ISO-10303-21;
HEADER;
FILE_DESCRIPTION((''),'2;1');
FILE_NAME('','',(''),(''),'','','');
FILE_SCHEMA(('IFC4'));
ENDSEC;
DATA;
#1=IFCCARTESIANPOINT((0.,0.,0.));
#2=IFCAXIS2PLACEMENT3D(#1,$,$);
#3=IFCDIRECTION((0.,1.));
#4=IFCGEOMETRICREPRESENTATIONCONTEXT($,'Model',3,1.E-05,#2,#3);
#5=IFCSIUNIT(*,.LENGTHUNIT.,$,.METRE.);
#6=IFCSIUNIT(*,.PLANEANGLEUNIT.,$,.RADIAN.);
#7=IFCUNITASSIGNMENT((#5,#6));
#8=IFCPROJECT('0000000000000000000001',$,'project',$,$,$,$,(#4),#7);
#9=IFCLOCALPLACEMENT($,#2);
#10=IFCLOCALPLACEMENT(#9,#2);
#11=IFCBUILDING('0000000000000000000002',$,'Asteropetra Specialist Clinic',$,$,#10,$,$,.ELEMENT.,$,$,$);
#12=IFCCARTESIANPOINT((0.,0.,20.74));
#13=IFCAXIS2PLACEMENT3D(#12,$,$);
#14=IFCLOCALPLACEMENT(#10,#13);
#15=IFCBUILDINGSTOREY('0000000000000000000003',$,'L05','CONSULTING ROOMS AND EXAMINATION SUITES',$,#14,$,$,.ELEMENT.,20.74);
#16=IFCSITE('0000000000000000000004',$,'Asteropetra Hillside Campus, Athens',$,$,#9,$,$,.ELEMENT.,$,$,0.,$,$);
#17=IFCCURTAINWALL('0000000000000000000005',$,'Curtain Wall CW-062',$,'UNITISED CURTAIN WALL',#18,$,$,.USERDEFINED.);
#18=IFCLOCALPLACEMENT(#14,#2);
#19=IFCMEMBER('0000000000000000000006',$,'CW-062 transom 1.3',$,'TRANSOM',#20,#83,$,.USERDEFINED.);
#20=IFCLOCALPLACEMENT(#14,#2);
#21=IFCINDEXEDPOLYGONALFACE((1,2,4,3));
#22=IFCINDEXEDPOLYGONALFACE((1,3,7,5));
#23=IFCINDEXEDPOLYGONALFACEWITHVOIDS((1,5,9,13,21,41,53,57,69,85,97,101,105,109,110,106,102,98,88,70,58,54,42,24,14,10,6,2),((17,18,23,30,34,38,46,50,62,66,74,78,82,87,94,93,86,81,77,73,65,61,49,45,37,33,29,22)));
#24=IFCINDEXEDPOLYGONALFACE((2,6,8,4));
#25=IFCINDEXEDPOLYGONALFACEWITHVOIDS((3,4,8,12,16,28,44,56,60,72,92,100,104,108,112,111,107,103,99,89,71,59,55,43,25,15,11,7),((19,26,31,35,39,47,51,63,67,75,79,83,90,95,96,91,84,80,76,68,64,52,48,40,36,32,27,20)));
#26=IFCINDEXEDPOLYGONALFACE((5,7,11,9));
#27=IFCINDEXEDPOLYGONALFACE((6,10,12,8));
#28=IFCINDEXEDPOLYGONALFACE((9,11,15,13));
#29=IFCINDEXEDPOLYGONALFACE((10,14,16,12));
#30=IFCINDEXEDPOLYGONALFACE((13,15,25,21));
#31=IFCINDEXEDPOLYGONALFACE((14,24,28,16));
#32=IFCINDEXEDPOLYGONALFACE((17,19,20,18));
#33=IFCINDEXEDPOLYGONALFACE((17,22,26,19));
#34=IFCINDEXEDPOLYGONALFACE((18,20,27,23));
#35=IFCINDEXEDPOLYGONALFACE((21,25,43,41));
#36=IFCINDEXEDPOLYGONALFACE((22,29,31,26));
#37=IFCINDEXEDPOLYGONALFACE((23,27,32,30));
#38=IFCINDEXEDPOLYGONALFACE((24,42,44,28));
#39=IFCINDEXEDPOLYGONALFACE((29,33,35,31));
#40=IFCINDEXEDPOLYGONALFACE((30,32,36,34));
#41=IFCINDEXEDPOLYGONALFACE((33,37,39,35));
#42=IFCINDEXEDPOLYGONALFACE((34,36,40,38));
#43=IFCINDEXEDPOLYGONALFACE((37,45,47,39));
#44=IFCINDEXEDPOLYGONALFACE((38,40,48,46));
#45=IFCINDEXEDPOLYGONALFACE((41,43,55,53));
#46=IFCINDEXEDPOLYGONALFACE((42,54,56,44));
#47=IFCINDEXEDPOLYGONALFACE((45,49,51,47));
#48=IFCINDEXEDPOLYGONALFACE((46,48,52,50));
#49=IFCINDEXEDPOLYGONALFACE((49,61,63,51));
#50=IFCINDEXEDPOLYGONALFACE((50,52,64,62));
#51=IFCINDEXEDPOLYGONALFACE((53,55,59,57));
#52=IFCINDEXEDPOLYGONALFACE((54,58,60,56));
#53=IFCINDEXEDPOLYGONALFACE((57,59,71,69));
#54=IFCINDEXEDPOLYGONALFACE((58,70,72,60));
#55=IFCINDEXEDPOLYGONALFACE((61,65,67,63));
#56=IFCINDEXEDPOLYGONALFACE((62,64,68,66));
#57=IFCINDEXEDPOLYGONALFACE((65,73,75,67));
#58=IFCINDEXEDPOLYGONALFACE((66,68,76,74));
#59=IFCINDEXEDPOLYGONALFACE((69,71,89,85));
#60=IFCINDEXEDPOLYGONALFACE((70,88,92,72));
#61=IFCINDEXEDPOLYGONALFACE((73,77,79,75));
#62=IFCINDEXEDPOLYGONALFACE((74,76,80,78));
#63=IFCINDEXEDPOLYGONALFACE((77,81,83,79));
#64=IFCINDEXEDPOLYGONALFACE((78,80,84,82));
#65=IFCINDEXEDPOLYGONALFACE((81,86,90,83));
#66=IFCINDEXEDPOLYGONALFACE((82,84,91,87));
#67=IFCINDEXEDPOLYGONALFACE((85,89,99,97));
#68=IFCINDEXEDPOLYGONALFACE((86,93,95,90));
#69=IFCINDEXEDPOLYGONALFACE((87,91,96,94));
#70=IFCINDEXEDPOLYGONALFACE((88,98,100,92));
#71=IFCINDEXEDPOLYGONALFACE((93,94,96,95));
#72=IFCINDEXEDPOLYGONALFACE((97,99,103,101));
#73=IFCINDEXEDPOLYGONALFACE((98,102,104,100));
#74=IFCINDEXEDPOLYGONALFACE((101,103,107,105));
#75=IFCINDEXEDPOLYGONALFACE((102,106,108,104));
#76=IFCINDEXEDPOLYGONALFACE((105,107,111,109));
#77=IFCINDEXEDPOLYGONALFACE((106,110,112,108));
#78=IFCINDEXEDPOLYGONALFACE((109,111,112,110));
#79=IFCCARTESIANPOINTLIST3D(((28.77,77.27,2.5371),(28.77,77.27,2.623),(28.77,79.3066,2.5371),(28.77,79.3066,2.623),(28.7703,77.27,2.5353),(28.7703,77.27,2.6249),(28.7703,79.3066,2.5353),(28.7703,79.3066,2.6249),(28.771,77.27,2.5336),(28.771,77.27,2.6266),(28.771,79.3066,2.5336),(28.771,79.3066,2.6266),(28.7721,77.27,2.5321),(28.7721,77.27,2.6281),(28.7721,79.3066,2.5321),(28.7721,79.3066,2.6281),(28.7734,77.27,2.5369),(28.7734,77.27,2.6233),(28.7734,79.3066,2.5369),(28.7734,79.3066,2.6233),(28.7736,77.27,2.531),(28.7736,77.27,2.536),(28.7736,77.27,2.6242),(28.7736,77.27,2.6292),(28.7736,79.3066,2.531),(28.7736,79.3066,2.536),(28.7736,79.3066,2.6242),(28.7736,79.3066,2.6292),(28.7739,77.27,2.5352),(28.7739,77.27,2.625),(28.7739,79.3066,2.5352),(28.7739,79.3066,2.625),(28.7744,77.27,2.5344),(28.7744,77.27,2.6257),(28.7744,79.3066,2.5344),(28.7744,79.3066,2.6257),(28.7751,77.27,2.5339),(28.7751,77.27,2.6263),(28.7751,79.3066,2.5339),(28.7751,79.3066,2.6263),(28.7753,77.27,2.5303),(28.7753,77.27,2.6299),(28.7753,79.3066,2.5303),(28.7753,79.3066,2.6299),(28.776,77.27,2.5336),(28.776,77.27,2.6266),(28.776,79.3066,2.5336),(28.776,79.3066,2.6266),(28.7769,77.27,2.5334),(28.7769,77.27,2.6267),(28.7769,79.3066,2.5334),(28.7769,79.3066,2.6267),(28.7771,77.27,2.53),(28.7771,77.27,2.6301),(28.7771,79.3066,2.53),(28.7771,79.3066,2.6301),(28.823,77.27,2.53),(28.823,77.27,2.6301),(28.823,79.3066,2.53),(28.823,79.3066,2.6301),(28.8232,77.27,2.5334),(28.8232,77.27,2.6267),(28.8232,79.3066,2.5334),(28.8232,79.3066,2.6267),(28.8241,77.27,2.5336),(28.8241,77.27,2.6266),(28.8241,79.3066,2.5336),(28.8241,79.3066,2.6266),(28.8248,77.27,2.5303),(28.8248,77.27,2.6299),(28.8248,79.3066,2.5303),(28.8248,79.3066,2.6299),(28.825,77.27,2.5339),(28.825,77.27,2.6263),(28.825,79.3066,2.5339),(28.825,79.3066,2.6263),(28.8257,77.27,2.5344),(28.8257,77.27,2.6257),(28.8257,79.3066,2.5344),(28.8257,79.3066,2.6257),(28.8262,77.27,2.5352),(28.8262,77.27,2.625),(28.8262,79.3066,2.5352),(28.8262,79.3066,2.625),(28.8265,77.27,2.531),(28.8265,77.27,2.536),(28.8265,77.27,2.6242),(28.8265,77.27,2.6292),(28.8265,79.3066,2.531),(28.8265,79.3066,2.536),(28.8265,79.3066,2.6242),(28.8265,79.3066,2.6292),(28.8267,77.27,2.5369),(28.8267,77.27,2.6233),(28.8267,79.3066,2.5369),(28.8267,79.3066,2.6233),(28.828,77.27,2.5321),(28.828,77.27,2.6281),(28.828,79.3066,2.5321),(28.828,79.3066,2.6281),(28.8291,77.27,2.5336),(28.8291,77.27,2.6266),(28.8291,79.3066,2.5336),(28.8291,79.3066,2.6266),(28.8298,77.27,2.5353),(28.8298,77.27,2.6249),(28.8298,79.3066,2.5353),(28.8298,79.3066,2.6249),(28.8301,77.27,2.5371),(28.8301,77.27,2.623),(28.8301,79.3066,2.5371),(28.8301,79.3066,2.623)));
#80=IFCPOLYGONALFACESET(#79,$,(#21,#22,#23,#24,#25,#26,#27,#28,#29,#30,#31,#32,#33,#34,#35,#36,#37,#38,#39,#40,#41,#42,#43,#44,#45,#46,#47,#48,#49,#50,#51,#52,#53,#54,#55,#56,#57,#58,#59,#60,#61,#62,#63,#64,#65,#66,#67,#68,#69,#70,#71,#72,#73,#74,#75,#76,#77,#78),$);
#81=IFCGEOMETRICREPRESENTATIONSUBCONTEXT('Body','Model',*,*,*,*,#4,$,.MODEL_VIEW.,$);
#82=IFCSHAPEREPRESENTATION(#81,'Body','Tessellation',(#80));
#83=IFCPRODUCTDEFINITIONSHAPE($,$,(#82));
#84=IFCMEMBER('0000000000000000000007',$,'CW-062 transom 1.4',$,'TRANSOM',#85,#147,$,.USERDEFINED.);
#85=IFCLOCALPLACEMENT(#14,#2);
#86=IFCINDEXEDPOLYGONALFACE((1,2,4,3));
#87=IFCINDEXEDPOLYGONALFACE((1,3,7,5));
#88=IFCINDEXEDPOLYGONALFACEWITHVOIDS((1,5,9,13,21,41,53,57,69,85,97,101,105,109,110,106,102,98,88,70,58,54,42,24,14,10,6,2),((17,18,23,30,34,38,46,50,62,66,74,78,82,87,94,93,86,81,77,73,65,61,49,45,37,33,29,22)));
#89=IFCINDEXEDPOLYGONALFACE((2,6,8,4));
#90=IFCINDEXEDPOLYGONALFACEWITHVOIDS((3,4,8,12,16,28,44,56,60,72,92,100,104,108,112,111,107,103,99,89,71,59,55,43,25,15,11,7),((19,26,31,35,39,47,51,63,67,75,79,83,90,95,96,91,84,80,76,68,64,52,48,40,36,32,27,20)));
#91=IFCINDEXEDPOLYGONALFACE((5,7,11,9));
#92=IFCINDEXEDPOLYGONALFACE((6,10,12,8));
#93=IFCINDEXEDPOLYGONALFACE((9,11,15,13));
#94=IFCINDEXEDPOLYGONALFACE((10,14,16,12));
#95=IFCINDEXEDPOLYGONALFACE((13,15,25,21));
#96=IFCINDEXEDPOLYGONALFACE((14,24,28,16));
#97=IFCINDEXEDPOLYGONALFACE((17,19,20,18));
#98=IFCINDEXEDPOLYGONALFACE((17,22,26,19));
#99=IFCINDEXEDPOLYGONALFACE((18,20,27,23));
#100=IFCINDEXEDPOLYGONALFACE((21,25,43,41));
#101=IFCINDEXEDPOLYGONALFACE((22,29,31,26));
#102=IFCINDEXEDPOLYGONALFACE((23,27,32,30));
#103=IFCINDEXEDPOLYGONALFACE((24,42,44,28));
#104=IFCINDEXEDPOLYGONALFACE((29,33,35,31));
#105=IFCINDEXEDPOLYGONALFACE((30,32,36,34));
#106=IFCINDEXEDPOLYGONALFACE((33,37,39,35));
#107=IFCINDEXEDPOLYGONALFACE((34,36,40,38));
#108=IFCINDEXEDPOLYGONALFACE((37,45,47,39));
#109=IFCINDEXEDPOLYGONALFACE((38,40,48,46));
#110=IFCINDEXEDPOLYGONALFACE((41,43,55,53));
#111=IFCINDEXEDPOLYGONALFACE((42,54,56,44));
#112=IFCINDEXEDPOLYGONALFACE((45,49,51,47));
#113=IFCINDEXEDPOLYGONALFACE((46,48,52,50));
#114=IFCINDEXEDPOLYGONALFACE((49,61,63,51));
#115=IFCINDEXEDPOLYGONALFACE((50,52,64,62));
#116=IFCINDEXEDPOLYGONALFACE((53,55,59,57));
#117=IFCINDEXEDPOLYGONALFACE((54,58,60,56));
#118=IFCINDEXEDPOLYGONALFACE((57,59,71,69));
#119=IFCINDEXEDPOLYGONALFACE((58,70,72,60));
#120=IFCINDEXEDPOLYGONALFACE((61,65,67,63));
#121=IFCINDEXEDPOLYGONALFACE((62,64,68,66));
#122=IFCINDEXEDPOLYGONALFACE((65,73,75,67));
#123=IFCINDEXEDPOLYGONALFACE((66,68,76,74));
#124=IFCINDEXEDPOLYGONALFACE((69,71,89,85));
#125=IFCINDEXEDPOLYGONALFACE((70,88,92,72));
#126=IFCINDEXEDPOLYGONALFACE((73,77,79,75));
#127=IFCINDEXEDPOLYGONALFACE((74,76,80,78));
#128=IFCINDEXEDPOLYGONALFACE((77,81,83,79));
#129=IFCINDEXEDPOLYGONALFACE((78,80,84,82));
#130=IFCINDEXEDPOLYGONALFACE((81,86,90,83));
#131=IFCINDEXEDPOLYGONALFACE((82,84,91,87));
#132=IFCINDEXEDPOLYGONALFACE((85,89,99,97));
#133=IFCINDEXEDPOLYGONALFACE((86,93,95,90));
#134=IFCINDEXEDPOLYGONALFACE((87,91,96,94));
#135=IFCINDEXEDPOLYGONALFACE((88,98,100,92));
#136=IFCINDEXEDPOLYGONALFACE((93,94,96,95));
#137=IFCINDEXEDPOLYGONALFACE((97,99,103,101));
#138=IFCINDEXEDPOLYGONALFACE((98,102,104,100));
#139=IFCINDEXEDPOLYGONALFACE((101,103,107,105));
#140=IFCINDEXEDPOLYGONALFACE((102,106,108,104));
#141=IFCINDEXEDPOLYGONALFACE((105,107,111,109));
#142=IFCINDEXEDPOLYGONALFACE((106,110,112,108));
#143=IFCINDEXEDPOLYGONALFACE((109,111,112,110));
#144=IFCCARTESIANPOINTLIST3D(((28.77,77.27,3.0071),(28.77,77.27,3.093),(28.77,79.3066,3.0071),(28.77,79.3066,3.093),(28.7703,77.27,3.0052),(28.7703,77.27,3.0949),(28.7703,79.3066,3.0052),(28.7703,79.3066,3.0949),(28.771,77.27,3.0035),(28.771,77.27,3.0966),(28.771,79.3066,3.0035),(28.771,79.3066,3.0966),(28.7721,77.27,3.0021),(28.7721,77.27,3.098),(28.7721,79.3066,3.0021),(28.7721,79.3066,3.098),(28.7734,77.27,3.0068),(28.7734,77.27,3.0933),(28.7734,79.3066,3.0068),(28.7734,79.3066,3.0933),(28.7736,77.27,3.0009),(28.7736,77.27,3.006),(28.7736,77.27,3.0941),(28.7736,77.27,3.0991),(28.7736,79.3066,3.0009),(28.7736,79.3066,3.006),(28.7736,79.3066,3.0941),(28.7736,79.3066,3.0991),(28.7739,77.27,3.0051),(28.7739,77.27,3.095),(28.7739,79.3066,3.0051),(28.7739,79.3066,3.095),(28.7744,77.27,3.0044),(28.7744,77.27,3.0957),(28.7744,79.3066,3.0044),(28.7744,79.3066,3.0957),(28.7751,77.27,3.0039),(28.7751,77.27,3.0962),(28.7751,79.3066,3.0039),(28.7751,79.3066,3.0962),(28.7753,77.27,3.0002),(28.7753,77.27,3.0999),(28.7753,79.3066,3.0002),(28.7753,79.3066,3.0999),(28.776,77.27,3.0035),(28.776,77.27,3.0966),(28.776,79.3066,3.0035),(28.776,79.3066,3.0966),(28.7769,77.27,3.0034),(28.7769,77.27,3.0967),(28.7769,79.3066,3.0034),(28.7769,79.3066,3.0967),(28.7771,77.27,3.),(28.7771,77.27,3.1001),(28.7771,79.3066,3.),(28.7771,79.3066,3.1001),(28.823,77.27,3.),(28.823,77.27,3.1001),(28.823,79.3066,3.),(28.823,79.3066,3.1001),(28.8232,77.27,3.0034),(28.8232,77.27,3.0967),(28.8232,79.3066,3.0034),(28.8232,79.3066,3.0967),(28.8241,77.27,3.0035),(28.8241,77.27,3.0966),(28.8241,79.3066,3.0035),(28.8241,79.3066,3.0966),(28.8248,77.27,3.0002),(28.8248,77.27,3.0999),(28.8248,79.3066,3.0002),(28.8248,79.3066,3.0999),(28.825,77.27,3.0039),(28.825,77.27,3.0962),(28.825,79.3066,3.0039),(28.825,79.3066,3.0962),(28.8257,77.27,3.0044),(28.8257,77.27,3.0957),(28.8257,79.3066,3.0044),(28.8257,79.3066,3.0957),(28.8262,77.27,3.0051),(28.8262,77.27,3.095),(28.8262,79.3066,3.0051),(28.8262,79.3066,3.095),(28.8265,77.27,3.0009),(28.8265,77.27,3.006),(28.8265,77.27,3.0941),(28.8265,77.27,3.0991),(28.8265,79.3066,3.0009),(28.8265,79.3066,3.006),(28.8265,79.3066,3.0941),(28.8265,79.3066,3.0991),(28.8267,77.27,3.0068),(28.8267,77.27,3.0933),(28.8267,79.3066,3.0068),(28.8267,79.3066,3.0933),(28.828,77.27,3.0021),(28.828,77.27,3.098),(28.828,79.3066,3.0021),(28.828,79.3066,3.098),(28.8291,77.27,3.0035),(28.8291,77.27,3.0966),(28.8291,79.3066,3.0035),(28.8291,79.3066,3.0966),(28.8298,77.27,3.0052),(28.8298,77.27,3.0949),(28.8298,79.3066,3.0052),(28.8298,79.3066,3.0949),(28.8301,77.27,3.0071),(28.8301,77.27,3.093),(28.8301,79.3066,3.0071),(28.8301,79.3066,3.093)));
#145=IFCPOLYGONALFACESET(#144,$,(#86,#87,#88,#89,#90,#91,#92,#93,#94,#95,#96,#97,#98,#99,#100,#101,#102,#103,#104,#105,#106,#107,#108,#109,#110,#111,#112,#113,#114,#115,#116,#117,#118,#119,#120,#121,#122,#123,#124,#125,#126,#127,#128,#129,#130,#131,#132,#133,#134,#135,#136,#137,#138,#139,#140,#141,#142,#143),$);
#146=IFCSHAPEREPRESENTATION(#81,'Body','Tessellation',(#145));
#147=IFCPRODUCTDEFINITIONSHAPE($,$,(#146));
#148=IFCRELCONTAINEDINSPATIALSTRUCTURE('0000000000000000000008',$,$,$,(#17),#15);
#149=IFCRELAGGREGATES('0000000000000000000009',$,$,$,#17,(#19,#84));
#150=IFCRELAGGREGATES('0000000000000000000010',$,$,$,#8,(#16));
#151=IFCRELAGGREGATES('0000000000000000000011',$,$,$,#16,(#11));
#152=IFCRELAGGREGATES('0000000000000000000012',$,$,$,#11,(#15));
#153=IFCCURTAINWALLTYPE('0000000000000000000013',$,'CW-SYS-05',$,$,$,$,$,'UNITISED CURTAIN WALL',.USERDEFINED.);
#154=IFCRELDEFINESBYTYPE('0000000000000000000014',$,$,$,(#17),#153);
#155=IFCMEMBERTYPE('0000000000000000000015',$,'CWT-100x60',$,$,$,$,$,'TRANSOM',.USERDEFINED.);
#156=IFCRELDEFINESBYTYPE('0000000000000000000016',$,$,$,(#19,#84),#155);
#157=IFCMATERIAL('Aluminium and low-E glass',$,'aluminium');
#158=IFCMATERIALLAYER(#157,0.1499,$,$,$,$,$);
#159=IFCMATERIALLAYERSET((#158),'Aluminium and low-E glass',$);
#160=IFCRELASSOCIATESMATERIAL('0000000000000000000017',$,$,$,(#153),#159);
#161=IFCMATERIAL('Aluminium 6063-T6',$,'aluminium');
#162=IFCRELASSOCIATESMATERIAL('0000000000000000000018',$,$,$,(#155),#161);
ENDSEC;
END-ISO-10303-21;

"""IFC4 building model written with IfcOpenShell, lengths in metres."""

from ifc_helpers import new_model, si_unit, direction, frame, origin, origin_2d, place, context, subcontext, project, spatial, hollow_rectangle, extrude, material, layer, layer_set, material_profile, profile_set, type_object, element, aggregate, save


model = new_model("IFC4")

# Units and contexts
model_context = context("Model", 3, precision=1e-05, world=origin(), true_north=direction((0.0, 1.0)))
body_context = subcontext(model_context, "Body", "Model", "MODEL_VIEW")
ifc_project = project(units=[si_unit("LENGTHUNIT", "METRE"), si_unit("PLANEANGLEUNIT", "RADIAN")], contexts=[model_context])

# Site, building, storey
site_placement = place(None, origin())
site = spatial("IfcSite", under=ifc_project, at=site_placement, Name="Asteropetra Hillside Campus, Athens", CompositionType="ELEMENT", RefElevation=0.0)
building_placement = place(site_placement, origin())
building = spatial("IfcBuilding", under=site, at=building_placement, Name="Asteropetra Specialist Clinic", CompositionType="ELEMENT")
storey_placement = place(building_placement, frame((0.0, 0.0, 20.74)))
storey = spatial("IfcBuildingStorey", under=building, at=storey_placement, Name="L05", Description="CONSULTING ROOMS AND EXAMINATION SUITES", CompositionType="ELEMENT", Elevation=20.74)

# Curtain wall, members
ifc_material_1 = material(Name="Aluminium and low-E glass", Category="aluminium")
ifc_layer_1 = layer(ifc_material_1, 0.1499)
ifc_layer_set_1 = layer_set([ifc_layer_1], Name="Aluminium and low-E glass")
curtain_wall_type = type_object("IfcCurtainWallType", Name="CW-SYS-05", ElementType="UNITISED CURTAIN WALL", PredefinedType="USERDEFINED", material=ifc_layer_set_1)
curtain_wall_placement = place(storey_placement, origin())
curtain_wall = element("IfcCurtainWall", 1, at=curtain_wall_placement, inside=storey, type_object=curtain_wall_type, Name="Curtain Wall CW-062", ObjectType="UNITISED CURTAIN WALL", PredefinedType="USERDEFINED")
ifc_material_2 = material(Name="Aluminium 6063-T6", Category="aluminium")
ifc_material_profile_1 = material_profile(ifc_material_2, hollow_rectangle(XDim=0.0601, YDim=0.1001, WallThickness=0.0034, InnerFilletRadius=0.0034, OuterFilletRadius=0.0071, at=origin_2d()), Name="TRN 100x60x3.5")
ifc_profile_set_1 = profile_set([ifc_material_profile_1], Name="Aluminium 6063-T6")
member_type_1 = type_object("IfcMemberType", Name="CWT-100x60", ElementType="TRANSOM", PredefinedType="USERDEFINED", material=ifc_profile_set_1)
member_1_placement = place(storey_placement, frame((28.8, 77.27, 2.5801), z_axis=(0.0, 1.0, 0.0), x_axis=(-1.0, 0.0, 0.0)))
member_1 = element("IfcMember", 2, at=member_1_placement, type_object=member_type_1, Name="CW-062 transom 1.3", ObjectType="TRANSOM", PredefinedType="USERDEFINED", context=body_context, shape_type="SweptSolid", body=[
    extrude(hollow_rectangle(XDim=0.0601, YDim=0.1001, WallThickness=0.0034, InnerFilletRadius=0.0034, OuterFilletRadius=0.0071, at=origin_2d()), origin(), (0.0, 0.0, 1.0), 2.0366),
])
member_2_placement = place(storey_placement, frame((28.8, 77.27, 3.05), z_axis=(0.0, 1.0, 0.0), x_axis=(-1.0, 0.0, 0.0)))
member_2 = element("IfcMember", 3, at=member_2_placement, type_object=member_type_1, Name="CW-062 transom 1.4", ObjectType="TRANSOM", PredefinedType="USERDEFINED", context=body_context, shape_type="SweptSolid", body=[
    extrude(hollow_rectangle(XDim=0.0601, YDim=0.1001, WallThickness=0.0034, InnerFilletRadius=0.0034, OuterFilletRadius=0.0071, at=origin_2d()), origin(), (0.0, 0.0, 1.0), 2.0366),
])
aggregate(curtain_wall, [member_1, member_2])

save(model, "model.ifc")
